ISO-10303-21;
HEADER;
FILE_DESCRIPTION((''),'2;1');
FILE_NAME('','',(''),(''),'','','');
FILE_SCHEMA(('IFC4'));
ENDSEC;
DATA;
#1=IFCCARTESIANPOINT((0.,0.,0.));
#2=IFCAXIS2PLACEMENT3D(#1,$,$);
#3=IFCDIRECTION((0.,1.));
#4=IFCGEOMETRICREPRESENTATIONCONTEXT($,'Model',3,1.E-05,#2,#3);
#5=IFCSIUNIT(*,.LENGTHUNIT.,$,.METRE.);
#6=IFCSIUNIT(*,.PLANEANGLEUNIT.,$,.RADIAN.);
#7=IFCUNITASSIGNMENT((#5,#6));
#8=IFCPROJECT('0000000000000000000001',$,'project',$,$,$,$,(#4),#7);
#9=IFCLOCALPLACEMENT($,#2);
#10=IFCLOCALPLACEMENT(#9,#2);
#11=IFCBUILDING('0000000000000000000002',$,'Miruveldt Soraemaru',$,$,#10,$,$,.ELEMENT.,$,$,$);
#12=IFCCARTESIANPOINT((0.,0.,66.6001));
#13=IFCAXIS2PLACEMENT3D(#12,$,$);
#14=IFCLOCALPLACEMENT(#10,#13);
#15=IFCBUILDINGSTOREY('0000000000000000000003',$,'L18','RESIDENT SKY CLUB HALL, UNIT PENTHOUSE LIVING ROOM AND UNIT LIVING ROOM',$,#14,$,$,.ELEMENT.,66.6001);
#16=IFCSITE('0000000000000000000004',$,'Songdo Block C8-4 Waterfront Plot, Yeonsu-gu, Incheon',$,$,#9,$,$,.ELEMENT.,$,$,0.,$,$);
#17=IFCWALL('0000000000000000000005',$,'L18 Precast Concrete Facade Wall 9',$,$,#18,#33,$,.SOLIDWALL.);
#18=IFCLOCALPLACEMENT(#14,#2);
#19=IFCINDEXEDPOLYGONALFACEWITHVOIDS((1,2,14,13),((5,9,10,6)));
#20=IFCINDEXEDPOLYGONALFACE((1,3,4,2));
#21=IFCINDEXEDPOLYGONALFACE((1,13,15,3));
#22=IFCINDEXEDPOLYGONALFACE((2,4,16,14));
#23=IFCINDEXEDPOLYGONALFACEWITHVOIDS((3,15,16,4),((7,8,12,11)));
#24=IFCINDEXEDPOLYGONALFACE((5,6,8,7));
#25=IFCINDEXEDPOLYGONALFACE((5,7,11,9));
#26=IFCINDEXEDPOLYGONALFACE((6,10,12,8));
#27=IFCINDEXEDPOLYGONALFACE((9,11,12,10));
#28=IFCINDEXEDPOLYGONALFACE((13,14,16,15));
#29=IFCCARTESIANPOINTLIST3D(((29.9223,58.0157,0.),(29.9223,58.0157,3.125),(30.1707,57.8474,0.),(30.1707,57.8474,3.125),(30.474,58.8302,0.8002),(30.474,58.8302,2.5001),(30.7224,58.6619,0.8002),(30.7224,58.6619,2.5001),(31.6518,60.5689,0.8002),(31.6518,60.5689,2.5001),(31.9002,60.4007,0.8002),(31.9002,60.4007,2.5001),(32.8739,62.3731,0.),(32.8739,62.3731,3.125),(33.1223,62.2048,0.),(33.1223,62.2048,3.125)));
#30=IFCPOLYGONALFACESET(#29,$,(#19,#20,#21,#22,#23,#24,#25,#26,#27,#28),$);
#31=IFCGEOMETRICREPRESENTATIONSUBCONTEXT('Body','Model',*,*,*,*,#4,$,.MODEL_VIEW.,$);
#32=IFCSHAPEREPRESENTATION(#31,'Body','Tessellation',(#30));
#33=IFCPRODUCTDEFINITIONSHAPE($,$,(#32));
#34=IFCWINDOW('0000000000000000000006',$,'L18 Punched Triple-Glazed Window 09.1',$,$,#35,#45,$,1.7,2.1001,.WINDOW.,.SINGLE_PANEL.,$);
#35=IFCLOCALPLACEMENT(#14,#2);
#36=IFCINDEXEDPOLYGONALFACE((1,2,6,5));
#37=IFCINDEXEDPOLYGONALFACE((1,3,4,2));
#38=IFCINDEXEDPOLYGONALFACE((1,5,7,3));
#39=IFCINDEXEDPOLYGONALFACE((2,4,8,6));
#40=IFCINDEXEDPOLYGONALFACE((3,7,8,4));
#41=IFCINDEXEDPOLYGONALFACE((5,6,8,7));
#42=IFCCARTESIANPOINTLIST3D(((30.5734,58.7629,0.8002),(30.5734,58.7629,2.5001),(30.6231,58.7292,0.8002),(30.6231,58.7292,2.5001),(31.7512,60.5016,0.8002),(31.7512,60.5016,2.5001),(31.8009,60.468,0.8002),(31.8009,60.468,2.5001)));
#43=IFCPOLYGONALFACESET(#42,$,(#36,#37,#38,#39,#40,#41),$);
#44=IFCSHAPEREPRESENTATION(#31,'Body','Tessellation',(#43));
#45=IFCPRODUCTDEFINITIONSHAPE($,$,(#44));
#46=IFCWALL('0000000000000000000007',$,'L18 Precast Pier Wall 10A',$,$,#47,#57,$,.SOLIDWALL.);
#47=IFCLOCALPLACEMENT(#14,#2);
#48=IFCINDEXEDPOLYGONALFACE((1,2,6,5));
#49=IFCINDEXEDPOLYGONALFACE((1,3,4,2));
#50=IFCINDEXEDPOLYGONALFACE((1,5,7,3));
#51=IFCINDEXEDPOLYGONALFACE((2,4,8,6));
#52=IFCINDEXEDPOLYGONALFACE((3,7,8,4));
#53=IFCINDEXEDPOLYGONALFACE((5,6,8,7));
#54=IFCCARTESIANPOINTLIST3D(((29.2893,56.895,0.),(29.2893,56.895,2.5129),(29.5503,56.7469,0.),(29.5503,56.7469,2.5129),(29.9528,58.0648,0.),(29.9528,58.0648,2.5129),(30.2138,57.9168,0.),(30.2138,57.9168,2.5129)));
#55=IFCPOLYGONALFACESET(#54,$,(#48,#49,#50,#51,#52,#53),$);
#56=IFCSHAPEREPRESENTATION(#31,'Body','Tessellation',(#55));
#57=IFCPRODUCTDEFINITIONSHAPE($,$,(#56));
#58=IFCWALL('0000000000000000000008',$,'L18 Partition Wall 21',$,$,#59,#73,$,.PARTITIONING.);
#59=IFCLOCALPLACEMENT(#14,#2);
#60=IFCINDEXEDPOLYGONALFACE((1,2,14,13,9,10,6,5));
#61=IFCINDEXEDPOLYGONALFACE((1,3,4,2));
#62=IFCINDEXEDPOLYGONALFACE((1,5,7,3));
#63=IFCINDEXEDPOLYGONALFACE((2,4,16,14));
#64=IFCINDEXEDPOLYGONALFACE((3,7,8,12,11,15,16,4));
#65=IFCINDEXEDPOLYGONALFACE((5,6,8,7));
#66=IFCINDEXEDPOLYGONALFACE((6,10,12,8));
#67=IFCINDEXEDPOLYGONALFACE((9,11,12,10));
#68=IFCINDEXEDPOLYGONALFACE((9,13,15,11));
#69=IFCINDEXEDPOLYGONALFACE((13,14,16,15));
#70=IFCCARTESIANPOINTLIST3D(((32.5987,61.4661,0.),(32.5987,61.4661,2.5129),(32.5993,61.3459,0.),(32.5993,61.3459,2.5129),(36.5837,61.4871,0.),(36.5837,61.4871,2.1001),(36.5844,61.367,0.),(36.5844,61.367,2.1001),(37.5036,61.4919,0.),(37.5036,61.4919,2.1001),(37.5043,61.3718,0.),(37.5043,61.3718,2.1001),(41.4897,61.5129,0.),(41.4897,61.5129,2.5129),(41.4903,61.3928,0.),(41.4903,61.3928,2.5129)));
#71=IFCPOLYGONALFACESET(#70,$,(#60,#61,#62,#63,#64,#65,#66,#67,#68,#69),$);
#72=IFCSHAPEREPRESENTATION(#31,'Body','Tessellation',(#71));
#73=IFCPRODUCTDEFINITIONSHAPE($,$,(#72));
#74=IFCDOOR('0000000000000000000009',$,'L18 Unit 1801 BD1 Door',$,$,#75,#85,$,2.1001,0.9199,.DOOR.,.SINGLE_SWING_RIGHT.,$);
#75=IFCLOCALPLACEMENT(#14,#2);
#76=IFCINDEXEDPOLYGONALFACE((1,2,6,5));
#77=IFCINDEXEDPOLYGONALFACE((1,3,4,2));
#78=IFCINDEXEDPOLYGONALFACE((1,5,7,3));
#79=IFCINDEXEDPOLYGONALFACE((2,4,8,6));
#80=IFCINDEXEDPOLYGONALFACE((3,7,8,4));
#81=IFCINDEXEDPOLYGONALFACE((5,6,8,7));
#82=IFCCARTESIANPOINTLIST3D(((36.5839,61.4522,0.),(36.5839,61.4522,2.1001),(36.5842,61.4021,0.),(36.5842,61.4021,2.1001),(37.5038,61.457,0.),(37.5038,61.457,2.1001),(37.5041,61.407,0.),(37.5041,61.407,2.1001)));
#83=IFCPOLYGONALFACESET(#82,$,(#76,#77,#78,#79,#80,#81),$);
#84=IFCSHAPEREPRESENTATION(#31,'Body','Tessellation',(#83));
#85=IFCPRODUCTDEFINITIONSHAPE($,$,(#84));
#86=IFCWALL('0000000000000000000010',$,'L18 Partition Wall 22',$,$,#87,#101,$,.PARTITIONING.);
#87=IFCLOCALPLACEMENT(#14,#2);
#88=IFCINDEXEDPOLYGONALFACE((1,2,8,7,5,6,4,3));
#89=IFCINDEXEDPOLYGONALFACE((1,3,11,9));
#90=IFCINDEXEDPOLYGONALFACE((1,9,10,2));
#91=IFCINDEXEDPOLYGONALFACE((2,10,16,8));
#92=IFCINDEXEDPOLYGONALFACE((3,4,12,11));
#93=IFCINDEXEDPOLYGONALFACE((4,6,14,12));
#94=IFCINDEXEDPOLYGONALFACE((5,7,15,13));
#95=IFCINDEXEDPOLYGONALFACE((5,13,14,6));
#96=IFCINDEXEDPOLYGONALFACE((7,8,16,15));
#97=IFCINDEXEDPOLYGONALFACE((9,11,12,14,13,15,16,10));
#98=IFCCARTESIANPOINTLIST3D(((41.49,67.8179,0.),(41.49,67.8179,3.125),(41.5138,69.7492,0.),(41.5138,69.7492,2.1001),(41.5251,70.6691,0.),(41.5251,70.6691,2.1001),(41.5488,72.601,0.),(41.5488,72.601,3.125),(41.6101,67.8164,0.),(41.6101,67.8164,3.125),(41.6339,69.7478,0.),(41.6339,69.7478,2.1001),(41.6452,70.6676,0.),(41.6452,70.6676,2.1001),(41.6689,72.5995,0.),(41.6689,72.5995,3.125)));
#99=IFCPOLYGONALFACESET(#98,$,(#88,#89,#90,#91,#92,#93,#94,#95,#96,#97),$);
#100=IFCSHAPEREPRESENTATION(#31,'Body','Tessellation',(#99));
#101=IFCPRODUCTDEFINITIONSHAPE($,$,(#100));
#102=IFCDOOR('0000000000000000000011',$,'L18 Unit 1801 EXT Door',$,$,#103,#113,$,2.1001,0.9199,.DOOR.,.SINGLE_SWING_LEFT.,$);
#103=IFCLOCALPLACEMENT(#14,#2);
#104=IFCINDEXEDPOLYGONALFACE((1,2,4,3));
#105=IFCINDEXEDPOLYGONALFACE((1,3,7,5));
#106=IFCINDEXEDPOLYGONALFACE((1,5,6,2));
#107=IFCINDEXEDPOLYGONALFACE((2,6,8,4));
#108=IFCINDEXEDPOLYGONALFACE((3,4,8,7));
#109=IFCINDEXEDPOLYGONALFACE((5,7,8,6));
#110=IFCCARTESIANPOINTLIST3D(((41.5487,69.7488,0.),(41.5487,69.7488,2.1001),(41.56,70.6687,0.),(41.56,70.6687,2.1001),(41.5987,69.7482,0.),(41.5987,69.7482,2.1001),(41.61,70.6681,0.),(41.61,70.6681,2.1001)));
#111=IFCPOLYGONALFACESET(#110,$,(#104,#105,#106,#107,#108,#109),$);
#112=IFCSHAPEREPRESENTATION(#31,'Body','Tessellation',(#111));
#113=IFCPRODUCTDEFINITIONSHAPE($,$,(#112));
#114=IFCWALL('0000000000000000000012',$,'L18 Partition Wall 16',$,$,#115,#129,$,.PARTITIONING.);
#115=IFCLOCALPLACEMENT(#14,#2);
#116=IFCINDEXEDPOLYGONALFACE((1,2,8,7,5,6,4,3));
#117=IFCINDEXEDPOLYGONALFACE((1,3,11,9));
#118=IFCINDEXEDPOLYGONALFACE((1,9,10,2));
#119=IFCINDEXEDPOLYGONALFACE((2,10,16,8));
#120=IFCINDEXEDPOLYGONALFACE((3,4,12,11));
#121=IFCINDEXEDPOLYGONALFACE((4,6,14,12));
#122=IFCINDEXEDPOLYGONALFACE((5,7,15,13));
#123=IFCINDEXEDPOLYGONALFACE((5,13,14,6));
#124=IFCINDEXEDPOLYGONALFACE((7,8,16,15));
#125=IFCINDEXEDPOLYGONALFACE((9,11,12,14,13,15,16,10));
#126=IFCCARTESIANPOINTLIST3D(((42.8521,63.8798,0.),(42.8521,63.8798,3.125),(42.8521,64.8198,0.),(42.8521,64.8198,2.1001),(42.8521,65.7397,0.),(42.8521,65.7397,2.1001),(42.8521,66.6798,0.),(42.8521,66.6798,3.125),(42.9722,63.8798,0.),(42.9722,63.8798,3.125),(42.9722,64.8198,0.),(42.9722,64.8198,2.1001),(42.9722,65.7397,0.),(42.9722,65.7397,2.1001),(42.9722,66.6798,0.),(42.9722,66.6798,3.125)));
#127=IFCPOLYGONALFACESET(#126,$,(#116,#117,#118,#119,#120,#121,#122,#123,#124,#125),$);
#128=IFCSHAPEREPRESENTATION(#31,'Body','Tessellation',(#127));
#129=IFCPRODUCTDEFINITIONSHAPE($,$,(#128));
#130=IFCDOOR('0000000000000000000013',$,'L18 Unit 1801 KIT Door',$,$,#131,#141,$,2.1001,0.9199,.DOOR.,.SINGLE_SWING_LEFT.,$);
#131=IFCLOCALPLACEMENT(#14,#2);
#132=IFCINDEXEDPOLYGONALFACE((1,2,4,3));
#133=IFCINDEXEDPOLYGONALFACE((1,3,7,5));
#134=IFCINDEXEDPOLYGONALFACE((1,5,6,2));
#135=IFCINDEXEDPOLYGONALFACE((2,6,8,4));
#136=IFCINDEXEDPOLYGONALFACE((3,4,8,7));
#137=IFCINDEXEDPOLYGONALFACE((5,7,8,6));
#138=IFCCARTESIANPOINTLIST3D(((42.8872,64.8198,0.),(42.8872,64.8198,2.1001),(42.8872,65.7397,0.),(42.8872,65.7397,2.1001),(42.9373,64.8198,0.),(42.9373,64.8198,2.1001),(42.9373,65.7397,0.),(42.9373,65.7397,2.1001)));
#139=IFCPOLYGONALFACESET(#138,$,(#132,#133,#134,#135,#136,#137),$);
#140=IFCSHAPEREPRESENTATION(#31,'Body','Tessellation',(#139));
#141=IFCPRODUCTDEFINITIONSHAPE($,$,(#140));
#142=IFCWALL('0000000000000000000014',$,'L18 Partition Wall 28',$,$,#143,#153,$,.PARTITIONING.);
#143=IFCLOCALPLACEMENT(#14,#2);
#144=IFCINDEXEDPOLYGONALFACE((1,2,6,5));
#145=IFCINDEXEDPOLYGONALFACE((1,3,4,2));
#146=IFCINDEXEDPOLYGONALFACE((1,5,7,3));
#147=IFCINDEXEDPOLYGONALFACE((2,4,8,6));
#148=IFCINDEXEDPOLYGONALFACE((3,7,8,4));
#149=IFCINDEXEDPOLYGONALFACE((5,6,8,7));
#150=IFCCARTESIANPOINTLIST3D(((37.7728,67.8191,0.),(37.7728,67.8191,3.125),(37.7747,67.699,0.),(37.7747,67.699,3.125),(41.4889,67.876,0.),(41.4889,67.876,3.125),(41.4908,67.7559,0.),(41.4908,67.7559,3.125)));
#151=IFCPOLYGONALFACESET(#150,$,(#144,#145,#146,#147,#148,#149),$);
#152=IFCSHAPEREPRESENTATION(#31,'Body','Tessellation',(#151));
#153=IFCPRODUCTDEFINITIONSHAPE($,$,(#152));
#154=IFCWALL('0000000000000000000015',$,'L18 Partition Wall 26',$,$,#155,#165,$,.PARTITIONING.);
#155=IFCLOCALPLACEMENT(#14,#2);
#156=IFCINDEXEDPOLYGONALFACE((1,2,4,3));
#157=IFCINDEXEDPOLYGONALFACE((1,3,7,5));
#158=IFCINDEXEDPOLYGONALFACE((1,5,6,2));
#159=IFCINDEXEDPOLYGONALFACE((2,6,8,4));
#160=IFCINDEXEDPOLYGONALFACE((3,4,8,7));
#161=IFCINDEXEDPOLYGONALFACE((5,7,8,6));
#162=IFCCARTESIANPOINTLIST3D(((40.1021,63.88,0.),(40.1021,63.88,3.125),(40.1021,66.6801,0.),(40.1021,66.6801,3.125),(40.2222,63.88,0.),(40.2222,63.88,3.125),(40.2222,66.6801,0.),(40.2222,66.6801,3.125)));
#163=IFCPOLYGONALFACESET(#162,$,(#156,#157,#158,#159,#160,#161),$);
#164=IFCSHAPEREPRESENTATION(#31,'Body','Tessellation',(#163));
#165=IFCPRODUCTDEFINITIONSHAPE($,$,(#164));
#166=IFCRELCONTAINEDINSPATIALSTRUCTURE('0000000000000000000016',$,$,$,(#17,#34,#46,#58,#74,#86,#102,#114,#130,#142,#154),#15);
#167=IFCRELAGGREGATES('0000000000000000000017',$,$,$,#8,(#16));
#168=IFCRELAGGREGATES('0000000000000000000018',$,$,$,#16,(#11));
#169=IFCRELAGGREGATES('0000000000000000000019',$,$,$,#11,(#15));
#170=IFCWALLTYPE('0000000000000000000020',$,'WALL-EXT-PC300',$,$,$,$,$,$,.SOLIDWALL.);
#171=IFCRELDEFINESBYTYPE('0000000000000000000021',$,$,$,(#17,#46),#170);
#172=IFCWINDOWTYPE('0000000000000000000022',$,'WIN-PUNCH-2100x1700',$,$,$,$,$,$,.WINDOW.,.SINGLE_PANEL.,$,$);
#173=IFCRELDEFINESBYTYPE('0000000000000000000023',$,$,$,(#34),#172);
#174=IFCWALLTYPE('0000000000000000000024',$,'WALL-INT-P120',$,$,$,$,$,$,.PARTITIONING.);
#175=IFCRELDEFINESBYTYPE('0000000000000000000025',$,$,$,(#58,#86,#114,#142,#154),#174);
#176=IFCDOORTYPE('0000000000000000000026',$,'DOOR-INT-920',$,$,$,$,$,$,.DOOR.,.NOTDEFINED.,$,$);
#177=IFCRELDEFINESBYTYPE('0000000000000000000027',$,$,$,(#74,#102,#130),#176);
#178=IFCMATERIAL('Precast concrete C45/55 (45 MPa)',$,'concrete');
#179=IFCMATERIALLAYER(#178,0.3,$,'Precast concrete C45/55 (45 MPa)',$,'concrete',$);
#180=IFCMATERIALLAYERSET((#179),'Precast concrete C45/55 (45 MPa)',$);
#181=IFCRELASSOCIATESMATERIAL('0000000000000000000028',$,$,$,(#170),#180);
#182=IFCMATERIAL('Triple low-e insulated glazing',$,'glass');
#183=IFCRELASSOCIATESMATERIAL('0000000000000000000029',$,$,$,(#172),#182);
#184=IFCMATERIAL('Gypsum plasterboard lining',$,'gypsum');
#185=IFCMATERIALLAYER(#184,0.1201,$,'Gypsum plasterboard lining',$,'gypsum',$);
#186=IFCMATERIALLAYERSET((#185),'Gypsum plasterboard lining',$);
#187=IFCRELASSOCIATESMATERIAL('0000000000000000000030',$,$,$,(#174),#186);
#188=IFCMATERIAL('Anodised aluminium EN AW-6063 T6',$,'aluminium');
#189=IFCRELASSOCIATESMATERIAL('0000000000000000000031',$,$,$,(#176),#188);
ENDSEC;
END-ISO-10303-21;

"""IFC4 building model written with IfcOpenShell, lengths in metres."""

from ifc_helpers import new_model, si_unit, direction, frame, frame_2d, origin, place, context, subcontext, project, spatial, rectangle, extrude, material, layer, layer_set, type_object, element, fill, save


model = new_model("IFC4")

# Units and contexts
model_context = context("Model", 3, precision=1e-05, world=origin(), true_north=direction((0.0, 1.0)))
body_context = subcontext(model_context, "Body", "Model", "MODEL_VIEW")
ifc_project = project(units=[si_unit("LENGTHUNIT", "METRE"), si_unit("PLANEANGLEUNIT", "RADIAN")], contexts=[model_context])

# Site, building, storey
site_placement = place(None, origin())
site = spatial("IfcSite", under=ifc_project, at=site_placement, Name="Songdo Block C8-4 Waterfront Plot, Yeonsu-gu, Incheon", CompositionType="ELEMENT", RefElevation=0.0)
building_placement = place(site_placement, origin())
building = spatial("IfcBuilding", under=site, at=building_placement, Name="Miruveldt Soraemaru", CompositionType="ELEMENT")
storey_placement = place(building_placement, frame((0.0, 0.0, 66.6001)))
storey = spatial("IfcBuildingStorey", under=building, at=storey_placement, Name="L18", Description="RESIDENT SKY CLUB HALL, UNIT PENTHOUSE LIVING ROOM AND UNIT LIVING ROOM", CompositionType="ELEMENT", Elevation=66.6001)

# Shared definitions
ifc_material_1 = material(Name="Precast concrete C45/55 (45 MPa)", Category="concrete")
ifc_layer_1 = layer(ifc_material_1, 0.3, Name="Precast concrete C45/55 (45 MPa)", Category="concrete")
ifc_layer_set_1 = layer_set([ifc_layer_1], Name="Precast concrete C45/55 (45 MPa)")
wall_type_1 = type_object("IfcWallType", Name="WALL-EXT-PC300", PredefinedType="SOLIDWALL", material=ifc_layer_set_1)
ifc_material_2 = material(Name="Triple low-e insulated glazing", Category="glass")
window_type_1 = type_object("IfcWindowType", Name="WIN-PUNCH-2100x1700", PartitioningType="SINGLE_PANEL", PredefinedType="WINDOW", material=ifc_material_2)

# Wall, opening, window
wall_1_placement = place(storey_placement, frame((32.998, 62.2888, 0.0), z_axis=(0.0, 0.0, 1.0), x_axis=(-0.56083, -0.827931, 0.0)))
wall_1 = element("IfcWall", 1, at=wall_1_placement, inside=storey, type_object=wall_type_1, Name="L18 Precast Concrete Facade Wall 9", PredefinedType="SOLIDWALL", context=body_context, shape_type="SweptSolid", body=[
    extrude(rectangle(XDim=5.2629, YDim=0.3, at=frame_2d((2.6313, 0.0))), origin(), (0.0, 0.0, 1.0), 3.125),
])
opening_1_placement = place(wall_1_placement, frame((2.179, 0.0, 0.8)))
opening_1 = element("IfcOpeningElement", 2, at=opening_1_placement, cuts=wall_1, PredefinedType="OPENING", context=body_context, shape_type="SweptSolid", body=[
    extrude(rectangle(XDim=2.1001, YDim=1.7, at=frame_2d((1.05, 0.8501))), frame((0.0, 0.1602, 0.0), z_axis=(0.0, -1.0, 0.0), x_axis=(1.0, 0.0, 0.0)), (0.0, 0.0, 1.0), 0.3201),
])
window_1_placement = place(opening_1_placement, origin())
window_1 = element("IfcWindow", 3, at=window_1_placement, inside=storey, type_object=window_type_1, Name="L18 Punched Triple-Glazed Window 09.1", OverallHeight=1.7, OverallWidth=2.1001, PartitioningType="SINGLE_PANEL", PredefinedType="WINDOW", context=body_context, shape_type="SweptSolid", body=[
    extrude(rectangle(XDim=2.1001, YDim=1.7, at=frame_2d((1.05, 0.8501))), frame((0.0, 0.03, 0.0), z_axis=(0.0, -1.0, 0.0), x_axis=(1.0, 0.0, 0.0)), (0.0, 0.0, 1.0), 0.0601),
])
fill(opening_1, window_1)

# Wall
wall_2_placement = place(storey_placement, frame((30.0833, 57.9907, 0.0), z_axis=(0.0, 0.0, 1.0), x_axis=(-0.493361, -0.869825, 0.0)))
element("IfcWall", 4, at=wall_2_placement, inside=storey, type_object=wall_type_1, Name="L18 Precast Pier Wall 10A", PredefinedType="SOLIDWALL", context=body_context, shape_type="SweptSolid", body=[
    extrude(rectangle(XDim=1.345, YDim=0.3, at=frame_2d((0.6724, 0.0))), origin(), (0.0, 0.0, 1.0), 2.5129),
])

# Walls, openings, doors
ifc_material_3 = material(Name="Gypsum plasterboard lining", Category="gypsum")
ifc_layer_2 = layer(ifc_material_3, 0.1201, Name="Gypsum plasterboard lining", Category="gypsum")
ifc_layer_set_2 = layer_set([ifc_layer_2], Name="Gypsum plasterboard lining")
wall_type_2 = type_object("IfcWallType", Name="WALL-INT-P120", PredefinedType="PARTITIONING", material=ifc_layer_set_2)
wall_3_placement = place(storey_placement, frame((41.49, 61.4529, 0.0), z_axis=(0.0, 0.0, 1.0), x_axis=(-0.999986, -0.005272, 0.0)))
wall_3 = element("IfcWall", 5, at=wall_3_placement, inside=storey, type_object=wall_type_2, Name="L18 Partition Wall 21", PredefinedType="PARTITIONING", context=body_context, shape_type="SweptSolid", body=[
    extrude(rectangle(XDim=8.8911, YDim=0.1201, at=frame_2d((4.4456, 0.0))), origin(), (0.0, 0.0, 1.0), 2.5129),
])
opening_2_placement = place(wall_3_placement, frame((3.9861, 0.0, 0.0)))
opening_2 = element("IfcOpeningElement", 6, at=opening_2_placement, cuts=wall_3, PredefinedType="OPENING", context=body_context, shape_type="SweptSolid", body=[
    extrude(rectangle(XDim=0.9199, YDim=2.1001, at=frame_2d((0.46, 1.05))), frame((0.0, 0.0701, 0.0), z_axis=(0.0, -1.0, 0.0), x_axis=(1.0, 0.0, 0.0)), (0.0, 0.0, 1.0), 0.1401),
])
ifc_material_4 = material(Name="Anodised aluminium EN AW-6063 T6", Category="aluminium")
door_type = type_object("IfcDoorType", Name="DOOR-INT-920", OperationType="NOTDEFINED", PredefinedType="DOOR", material=ifc_material_4)
door_1_placement = place(opening_2_placement, origin())
door_1 = element("IfcDoor", 7, at=door_1_placement, inside=storey, type_object=door_type, Name="L18 Unit 1801 BD1 Door", OperationType="SINGLE_SWING_RIGHT", OverallHeight=2.1001, OverallWidth=0.9199, PredefinedType="DOOR", context=body_context, shape_type="SweptSolid", body=[
    extrude(rectangle(XDim=0.9199, YDim=2.1001, at=frame_2d((0.46, 1.05))), frame((0.0, 0.0249, 0.0), z_axis=(0.0, -1.0, 0.0), x_axis=(1.0, 0.0, 0.0)), (0.0, 0.0, 1.0), 0.05),
])
fill(opening_2, door_1)
wall_4_placement = place(storey_placement, frame((41.6089, 72.6001, 0.0), z_axis=(0.0, 0.0, 1.0), x_axis=(-0.0123, -0.999924, 0.0)))
wall_4 = element("IfcWall", 8, at=wall_4_placement, inside=storey, type_object=wall_type_2, Name="L18 Partition Wall 22", PredefinedType="PARTITIONING", context=body_context, shape_type="SweptSolid", body=[
    extrude(rectangle(XDim=4.7834, YDim=0.1201, at=frame_2d((2.3916, 0.0))), origin(), (0.0, 0.0, 1.0), 3.125),
])
opening_3_placement = place(wall_4_placement, frame((1.9319, 0.0, 0.0)))
opening_3 = element("IfcOpeningElement", 9, at=opening_3_placement, cuts=wall_4, PredefinedType="OPENING", context=body_context, shape_type="SweptSolid", body=[
    extrude(rectangle(XDim=0.9199, YDim=2.1001, at=frame_2d((0.46, 1.05))), frame((0.0, 0.0701, 0.0), z_axis=(0.0, -1.0, 0.0), x_axis=(1.0, 0.0, 0.0)), (0.0, 0.0, 1.0), 0.1401),
])
door_2_placement = place(opening_3_placement, origin())
door_2 = element("IfcDoor", 10, at=door_2_placement, inside=storey, type_object=door_type, Name="L18 Unit 1801 EXT Door", OperationType="SINGLE_SWING_LEFT", OverallHeight=2.1001, OverallWidth=0.9199, PredefinedType="DOOR", context=body_context, shape_type="SweptSolid", body=[
    extrude(rectangle(XDim=0.9199, YDim=2.1001, at=frame_2d((0.46, 1.05))), frame((0.0, 0.0249, 0.0), z_axis=(0.0, -1.0, 0.0), x_axis=(1.0, 0.0, 0.0)), (0.0, 0.0, 1.0), 0.05),
])
fill(opening_3, door_2)
wall_5_placement = place(storey_placement, frame((42.9121, 63.8799, 0.0), z_axis=(0.0, 0.0, 1.0), x_axis=(0.0, 1.0, 0.0)))
wall_5 = element("IfcWall", 11, at=wall_5_placement, inside=storey, type_object=wall_type_2, Name="L18 Partition Wall 16", PredefinedType="PARTITIONING", context=body_context, shape_type="SweptSolid", body=[
    extrude(rectangle(XDim=2.8, YDim=0.1201, at=frame_2d((1.3999, 0.0))), origin(), (0.0, 0.0, 1.0), 3.125),
])
opening_4_placement = place(wall_5_placement, frame((0.9399, 0.0, 0.0)))
opening_4 = element("IfcOpeningElement", 12, at=opening_4_placement, cuts=wall_5, PredefinedType="OPENING", context=body_context, shape_type="SweptSolid", body=[
    extrude(rectangle(XDim=0.9199, YDim=2.1001, at=frame_2d((0.46, 1.05))), frame((0.0, 0.0701, 0.0), z_axis=(0.0, -1.0, 0.0), x_axis=(1.0, 0.0, 0.0)), (0.0, 0.0, 1.0), 0.1401),
])
door_3_placement = place(opening_4_placement, origin())
door_3 = element("IfcDoor", 13, at=door_3_placement, inside=storey, type_object=door_type, Name="L18 Unit 1801 KIT Door", OperationType="SINGLE_SWING_LEFT", OverallHeight=2.1001, OverallWidth=0.9199, PredefinedType="DOOR", context=body_context, shape_type="SweptSolid", body=[
    extrude(rectangle(XDim=0.9199, YDim=2.1001, at=frame_2d((0.46, 1.05))), frame((0.0, 0.0249, 0.0), z_axis=(0.0, -1.0, 0.0), x_axis=(1.0, 0.0, 0.0)), (0.0, 0.0, 1.0), 0.05),
])
fill(opening_4, door_3)

# Walls
wall_6_placement = place(storey_placement, frame((41.49, 67.8159, 0.0), z_axis=(0.0, 0.0, 1.0), x_axis=(-0.999883, -0.015306, 0.0)))
element("IfcWall", 14, at=wall_6_placement, inside=storey, type_object=wall_type_2, Name="L18 Partition Wall 28", PredefinedType="PARTITIONING", context=body_context, shape_type="SweptSolid", body=[
    extrude(rectangle(XDim=3.7166, YDim=0.1201, at=frame_2d((1.8584, 0.0))), origin(), (0.0, 0.0, 1.0), 3.125),
])
wall_7_placement = place(storey_placement, frame((40.1621, 66.6799, 0.0), z_axis=(0.0, 0.0, 1.0), x_axis=(0.0, -1.0, 0.0)))
element("IfcWall", 15, at=wall_7_placement, inside=storey, type_object=wall_type_2, Name="L18 Partition Wall 26", PredefinedType="PARTITIONING", context=body_context, shape_type="SweptSolid", body=[
    extrude(rectangle(XDim=2.8, YDim=0.1201, at=frame_2d((1.3999, 0.0))), origin(), (0.0, 0.0, 1.0), 3.125),
])

save(model, "model.ifc")
